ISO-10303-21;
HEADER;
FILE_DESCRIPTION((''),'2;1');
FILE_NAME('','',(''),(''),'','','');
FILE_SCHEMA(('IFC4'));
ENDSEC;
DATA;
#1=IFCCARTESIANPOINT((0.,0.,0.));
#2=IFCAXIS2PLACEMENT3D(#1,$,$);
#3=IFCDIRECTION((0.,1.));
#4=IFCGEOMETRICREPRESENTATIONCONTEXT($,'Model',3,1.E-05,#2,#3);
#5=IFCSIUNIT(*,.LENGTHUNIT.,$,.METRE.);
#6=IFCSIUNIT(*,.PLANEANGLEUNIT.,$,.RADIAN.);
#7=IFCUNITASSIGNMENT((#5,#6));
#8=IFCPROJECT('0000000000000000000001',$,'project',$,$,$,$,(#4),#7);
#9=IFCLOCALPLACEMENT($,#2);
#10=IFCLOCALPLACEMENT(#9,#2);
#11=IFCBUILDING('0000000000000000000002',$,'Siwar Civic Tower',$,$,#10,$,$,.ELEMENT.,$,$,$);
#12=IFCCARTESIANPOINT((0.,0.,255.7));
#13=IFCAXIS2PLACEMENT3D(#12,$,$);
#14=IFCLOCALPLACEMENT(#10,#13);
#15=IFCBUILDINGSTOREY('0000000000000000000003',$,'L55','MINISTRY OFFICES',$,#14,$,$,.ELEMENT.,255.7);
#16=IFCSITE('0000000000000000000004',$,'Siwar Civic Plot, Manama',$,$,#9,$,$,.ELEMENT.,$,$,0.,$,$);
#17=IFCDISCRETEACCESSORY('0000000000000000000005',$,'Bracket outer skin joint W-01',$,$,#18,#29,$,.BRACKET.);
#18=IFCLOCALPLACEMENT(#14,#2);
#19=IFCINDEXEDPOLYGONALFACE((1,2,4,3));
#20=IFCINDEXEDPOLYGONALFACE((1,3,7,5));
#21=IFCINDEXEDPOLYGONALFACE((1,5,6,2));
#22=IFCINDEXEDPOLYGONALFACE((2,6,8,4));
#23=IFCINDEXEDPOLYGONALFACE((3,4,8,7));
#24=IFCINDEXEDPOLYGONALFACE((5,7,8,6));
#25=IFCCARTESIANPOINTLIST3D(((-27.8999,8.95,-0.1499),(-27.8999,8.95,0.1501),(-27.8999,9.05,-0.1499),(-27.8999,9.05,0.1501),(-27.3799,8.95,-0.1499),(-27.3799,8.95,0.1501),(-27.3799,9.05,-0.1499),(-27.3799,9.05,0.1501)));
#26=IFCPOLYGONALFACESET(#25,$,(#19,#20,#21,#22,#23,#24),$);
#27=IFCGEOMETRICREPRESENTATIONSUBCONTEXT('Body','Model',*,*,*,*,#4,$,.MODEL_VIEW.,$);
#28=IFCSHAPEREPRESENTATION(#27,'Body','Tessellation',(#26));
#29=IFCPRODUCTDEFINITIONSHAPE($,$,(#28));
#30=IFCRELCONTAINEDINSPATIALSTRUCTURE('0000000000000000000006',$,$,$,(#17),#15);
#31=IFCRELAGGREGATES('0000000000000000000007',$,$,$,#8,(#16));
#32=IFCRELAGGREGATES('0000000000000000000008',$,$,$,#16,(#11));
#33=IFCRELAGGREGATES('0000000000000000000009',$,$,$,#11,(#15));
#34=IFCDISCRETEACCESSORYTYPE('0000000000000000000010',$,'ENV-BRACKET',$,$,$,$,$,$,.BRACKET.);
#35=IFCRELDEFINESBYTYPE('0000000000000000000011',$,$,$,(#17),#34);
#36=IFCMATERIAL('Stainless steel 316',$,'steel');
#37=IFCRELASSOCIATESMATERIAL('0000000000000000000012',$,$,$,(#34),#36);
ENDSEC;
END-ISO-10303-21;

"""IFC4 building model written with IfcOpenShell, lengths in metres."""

from ifc_helpers import new_model, si_unit, direction, frame, origin, origin_2d, place, context, subcontext, project, spatial, rectangle, extrude, material, type_object, element, save


model = new_model("IFC4")

# Units and contexts
model_context = context("Model", 3, precision=1e-05, world=origin(), true_north=direction((0.0, 1.0)))
body_context = subcontext(model_context, "Body", "Model", "MODEL_VIEW")
ifc_project = project(units=[si_unit("LENGTHUNIT", "METRE"), si_unit("PLANEANGLEUNIT", "RADIAN")], contexts=[model_context])

# Site, building, storey
site_placement = place(None, origin())
site = spatial("IfcSite", under=ifc_project, at=site_placement, Name="Siwar Civic Plot, Manama", CompositionType="ELEMENT", RefElevation=0.0)
building_placement = place(site_placement, origin())
building = spatial("IfcBuilding", under=site, at=building_placement, Name="Siwar Civic Tower", CompositionType="ELEMENT")
storey_placement = place(building_placement, frame((0.0, 0.0, 255.7)))
storey = spatial("IfcBuildingStorey", under=building, at=storey_placement, Name="L55", Description="MINISTRY OFFICES", CompositionType="ELEMENT", Elevation=255.7)

# Discrete accessory
ifc_material_1 = material(Name="Stainless steel 316", Category="steel")
discrete_accessory_type = type_object("IfcDiscreteAccessoryType", Name="ENV-BRACKET", PredefinedType="BRACKET", material=ifc_material_1)
discrete_accessory_placement = place(storey_placement, frame((-27.6399, 9.0, -0.1499), z_axis=(0.0, 0.0, 1.0), x_axis=(-1.0, 0.0, 0.0)))
element("IfcDiscreteAccessory", 1, at=discrete_accessory_placement, inside=storey, type_object=discrete_accessory_type, Name="Bracket outer skin joint W-01", PredefinedType="BRACKET", context=body_context, shape_type="SweptSolid", body=[
    extrude(rectangle(XDim=0.52, YDim=0.1001, at=origin_2d()), origin(), (0.0, 0.0, 1.0), 0.3),
])

save(model, "model.ifc")
